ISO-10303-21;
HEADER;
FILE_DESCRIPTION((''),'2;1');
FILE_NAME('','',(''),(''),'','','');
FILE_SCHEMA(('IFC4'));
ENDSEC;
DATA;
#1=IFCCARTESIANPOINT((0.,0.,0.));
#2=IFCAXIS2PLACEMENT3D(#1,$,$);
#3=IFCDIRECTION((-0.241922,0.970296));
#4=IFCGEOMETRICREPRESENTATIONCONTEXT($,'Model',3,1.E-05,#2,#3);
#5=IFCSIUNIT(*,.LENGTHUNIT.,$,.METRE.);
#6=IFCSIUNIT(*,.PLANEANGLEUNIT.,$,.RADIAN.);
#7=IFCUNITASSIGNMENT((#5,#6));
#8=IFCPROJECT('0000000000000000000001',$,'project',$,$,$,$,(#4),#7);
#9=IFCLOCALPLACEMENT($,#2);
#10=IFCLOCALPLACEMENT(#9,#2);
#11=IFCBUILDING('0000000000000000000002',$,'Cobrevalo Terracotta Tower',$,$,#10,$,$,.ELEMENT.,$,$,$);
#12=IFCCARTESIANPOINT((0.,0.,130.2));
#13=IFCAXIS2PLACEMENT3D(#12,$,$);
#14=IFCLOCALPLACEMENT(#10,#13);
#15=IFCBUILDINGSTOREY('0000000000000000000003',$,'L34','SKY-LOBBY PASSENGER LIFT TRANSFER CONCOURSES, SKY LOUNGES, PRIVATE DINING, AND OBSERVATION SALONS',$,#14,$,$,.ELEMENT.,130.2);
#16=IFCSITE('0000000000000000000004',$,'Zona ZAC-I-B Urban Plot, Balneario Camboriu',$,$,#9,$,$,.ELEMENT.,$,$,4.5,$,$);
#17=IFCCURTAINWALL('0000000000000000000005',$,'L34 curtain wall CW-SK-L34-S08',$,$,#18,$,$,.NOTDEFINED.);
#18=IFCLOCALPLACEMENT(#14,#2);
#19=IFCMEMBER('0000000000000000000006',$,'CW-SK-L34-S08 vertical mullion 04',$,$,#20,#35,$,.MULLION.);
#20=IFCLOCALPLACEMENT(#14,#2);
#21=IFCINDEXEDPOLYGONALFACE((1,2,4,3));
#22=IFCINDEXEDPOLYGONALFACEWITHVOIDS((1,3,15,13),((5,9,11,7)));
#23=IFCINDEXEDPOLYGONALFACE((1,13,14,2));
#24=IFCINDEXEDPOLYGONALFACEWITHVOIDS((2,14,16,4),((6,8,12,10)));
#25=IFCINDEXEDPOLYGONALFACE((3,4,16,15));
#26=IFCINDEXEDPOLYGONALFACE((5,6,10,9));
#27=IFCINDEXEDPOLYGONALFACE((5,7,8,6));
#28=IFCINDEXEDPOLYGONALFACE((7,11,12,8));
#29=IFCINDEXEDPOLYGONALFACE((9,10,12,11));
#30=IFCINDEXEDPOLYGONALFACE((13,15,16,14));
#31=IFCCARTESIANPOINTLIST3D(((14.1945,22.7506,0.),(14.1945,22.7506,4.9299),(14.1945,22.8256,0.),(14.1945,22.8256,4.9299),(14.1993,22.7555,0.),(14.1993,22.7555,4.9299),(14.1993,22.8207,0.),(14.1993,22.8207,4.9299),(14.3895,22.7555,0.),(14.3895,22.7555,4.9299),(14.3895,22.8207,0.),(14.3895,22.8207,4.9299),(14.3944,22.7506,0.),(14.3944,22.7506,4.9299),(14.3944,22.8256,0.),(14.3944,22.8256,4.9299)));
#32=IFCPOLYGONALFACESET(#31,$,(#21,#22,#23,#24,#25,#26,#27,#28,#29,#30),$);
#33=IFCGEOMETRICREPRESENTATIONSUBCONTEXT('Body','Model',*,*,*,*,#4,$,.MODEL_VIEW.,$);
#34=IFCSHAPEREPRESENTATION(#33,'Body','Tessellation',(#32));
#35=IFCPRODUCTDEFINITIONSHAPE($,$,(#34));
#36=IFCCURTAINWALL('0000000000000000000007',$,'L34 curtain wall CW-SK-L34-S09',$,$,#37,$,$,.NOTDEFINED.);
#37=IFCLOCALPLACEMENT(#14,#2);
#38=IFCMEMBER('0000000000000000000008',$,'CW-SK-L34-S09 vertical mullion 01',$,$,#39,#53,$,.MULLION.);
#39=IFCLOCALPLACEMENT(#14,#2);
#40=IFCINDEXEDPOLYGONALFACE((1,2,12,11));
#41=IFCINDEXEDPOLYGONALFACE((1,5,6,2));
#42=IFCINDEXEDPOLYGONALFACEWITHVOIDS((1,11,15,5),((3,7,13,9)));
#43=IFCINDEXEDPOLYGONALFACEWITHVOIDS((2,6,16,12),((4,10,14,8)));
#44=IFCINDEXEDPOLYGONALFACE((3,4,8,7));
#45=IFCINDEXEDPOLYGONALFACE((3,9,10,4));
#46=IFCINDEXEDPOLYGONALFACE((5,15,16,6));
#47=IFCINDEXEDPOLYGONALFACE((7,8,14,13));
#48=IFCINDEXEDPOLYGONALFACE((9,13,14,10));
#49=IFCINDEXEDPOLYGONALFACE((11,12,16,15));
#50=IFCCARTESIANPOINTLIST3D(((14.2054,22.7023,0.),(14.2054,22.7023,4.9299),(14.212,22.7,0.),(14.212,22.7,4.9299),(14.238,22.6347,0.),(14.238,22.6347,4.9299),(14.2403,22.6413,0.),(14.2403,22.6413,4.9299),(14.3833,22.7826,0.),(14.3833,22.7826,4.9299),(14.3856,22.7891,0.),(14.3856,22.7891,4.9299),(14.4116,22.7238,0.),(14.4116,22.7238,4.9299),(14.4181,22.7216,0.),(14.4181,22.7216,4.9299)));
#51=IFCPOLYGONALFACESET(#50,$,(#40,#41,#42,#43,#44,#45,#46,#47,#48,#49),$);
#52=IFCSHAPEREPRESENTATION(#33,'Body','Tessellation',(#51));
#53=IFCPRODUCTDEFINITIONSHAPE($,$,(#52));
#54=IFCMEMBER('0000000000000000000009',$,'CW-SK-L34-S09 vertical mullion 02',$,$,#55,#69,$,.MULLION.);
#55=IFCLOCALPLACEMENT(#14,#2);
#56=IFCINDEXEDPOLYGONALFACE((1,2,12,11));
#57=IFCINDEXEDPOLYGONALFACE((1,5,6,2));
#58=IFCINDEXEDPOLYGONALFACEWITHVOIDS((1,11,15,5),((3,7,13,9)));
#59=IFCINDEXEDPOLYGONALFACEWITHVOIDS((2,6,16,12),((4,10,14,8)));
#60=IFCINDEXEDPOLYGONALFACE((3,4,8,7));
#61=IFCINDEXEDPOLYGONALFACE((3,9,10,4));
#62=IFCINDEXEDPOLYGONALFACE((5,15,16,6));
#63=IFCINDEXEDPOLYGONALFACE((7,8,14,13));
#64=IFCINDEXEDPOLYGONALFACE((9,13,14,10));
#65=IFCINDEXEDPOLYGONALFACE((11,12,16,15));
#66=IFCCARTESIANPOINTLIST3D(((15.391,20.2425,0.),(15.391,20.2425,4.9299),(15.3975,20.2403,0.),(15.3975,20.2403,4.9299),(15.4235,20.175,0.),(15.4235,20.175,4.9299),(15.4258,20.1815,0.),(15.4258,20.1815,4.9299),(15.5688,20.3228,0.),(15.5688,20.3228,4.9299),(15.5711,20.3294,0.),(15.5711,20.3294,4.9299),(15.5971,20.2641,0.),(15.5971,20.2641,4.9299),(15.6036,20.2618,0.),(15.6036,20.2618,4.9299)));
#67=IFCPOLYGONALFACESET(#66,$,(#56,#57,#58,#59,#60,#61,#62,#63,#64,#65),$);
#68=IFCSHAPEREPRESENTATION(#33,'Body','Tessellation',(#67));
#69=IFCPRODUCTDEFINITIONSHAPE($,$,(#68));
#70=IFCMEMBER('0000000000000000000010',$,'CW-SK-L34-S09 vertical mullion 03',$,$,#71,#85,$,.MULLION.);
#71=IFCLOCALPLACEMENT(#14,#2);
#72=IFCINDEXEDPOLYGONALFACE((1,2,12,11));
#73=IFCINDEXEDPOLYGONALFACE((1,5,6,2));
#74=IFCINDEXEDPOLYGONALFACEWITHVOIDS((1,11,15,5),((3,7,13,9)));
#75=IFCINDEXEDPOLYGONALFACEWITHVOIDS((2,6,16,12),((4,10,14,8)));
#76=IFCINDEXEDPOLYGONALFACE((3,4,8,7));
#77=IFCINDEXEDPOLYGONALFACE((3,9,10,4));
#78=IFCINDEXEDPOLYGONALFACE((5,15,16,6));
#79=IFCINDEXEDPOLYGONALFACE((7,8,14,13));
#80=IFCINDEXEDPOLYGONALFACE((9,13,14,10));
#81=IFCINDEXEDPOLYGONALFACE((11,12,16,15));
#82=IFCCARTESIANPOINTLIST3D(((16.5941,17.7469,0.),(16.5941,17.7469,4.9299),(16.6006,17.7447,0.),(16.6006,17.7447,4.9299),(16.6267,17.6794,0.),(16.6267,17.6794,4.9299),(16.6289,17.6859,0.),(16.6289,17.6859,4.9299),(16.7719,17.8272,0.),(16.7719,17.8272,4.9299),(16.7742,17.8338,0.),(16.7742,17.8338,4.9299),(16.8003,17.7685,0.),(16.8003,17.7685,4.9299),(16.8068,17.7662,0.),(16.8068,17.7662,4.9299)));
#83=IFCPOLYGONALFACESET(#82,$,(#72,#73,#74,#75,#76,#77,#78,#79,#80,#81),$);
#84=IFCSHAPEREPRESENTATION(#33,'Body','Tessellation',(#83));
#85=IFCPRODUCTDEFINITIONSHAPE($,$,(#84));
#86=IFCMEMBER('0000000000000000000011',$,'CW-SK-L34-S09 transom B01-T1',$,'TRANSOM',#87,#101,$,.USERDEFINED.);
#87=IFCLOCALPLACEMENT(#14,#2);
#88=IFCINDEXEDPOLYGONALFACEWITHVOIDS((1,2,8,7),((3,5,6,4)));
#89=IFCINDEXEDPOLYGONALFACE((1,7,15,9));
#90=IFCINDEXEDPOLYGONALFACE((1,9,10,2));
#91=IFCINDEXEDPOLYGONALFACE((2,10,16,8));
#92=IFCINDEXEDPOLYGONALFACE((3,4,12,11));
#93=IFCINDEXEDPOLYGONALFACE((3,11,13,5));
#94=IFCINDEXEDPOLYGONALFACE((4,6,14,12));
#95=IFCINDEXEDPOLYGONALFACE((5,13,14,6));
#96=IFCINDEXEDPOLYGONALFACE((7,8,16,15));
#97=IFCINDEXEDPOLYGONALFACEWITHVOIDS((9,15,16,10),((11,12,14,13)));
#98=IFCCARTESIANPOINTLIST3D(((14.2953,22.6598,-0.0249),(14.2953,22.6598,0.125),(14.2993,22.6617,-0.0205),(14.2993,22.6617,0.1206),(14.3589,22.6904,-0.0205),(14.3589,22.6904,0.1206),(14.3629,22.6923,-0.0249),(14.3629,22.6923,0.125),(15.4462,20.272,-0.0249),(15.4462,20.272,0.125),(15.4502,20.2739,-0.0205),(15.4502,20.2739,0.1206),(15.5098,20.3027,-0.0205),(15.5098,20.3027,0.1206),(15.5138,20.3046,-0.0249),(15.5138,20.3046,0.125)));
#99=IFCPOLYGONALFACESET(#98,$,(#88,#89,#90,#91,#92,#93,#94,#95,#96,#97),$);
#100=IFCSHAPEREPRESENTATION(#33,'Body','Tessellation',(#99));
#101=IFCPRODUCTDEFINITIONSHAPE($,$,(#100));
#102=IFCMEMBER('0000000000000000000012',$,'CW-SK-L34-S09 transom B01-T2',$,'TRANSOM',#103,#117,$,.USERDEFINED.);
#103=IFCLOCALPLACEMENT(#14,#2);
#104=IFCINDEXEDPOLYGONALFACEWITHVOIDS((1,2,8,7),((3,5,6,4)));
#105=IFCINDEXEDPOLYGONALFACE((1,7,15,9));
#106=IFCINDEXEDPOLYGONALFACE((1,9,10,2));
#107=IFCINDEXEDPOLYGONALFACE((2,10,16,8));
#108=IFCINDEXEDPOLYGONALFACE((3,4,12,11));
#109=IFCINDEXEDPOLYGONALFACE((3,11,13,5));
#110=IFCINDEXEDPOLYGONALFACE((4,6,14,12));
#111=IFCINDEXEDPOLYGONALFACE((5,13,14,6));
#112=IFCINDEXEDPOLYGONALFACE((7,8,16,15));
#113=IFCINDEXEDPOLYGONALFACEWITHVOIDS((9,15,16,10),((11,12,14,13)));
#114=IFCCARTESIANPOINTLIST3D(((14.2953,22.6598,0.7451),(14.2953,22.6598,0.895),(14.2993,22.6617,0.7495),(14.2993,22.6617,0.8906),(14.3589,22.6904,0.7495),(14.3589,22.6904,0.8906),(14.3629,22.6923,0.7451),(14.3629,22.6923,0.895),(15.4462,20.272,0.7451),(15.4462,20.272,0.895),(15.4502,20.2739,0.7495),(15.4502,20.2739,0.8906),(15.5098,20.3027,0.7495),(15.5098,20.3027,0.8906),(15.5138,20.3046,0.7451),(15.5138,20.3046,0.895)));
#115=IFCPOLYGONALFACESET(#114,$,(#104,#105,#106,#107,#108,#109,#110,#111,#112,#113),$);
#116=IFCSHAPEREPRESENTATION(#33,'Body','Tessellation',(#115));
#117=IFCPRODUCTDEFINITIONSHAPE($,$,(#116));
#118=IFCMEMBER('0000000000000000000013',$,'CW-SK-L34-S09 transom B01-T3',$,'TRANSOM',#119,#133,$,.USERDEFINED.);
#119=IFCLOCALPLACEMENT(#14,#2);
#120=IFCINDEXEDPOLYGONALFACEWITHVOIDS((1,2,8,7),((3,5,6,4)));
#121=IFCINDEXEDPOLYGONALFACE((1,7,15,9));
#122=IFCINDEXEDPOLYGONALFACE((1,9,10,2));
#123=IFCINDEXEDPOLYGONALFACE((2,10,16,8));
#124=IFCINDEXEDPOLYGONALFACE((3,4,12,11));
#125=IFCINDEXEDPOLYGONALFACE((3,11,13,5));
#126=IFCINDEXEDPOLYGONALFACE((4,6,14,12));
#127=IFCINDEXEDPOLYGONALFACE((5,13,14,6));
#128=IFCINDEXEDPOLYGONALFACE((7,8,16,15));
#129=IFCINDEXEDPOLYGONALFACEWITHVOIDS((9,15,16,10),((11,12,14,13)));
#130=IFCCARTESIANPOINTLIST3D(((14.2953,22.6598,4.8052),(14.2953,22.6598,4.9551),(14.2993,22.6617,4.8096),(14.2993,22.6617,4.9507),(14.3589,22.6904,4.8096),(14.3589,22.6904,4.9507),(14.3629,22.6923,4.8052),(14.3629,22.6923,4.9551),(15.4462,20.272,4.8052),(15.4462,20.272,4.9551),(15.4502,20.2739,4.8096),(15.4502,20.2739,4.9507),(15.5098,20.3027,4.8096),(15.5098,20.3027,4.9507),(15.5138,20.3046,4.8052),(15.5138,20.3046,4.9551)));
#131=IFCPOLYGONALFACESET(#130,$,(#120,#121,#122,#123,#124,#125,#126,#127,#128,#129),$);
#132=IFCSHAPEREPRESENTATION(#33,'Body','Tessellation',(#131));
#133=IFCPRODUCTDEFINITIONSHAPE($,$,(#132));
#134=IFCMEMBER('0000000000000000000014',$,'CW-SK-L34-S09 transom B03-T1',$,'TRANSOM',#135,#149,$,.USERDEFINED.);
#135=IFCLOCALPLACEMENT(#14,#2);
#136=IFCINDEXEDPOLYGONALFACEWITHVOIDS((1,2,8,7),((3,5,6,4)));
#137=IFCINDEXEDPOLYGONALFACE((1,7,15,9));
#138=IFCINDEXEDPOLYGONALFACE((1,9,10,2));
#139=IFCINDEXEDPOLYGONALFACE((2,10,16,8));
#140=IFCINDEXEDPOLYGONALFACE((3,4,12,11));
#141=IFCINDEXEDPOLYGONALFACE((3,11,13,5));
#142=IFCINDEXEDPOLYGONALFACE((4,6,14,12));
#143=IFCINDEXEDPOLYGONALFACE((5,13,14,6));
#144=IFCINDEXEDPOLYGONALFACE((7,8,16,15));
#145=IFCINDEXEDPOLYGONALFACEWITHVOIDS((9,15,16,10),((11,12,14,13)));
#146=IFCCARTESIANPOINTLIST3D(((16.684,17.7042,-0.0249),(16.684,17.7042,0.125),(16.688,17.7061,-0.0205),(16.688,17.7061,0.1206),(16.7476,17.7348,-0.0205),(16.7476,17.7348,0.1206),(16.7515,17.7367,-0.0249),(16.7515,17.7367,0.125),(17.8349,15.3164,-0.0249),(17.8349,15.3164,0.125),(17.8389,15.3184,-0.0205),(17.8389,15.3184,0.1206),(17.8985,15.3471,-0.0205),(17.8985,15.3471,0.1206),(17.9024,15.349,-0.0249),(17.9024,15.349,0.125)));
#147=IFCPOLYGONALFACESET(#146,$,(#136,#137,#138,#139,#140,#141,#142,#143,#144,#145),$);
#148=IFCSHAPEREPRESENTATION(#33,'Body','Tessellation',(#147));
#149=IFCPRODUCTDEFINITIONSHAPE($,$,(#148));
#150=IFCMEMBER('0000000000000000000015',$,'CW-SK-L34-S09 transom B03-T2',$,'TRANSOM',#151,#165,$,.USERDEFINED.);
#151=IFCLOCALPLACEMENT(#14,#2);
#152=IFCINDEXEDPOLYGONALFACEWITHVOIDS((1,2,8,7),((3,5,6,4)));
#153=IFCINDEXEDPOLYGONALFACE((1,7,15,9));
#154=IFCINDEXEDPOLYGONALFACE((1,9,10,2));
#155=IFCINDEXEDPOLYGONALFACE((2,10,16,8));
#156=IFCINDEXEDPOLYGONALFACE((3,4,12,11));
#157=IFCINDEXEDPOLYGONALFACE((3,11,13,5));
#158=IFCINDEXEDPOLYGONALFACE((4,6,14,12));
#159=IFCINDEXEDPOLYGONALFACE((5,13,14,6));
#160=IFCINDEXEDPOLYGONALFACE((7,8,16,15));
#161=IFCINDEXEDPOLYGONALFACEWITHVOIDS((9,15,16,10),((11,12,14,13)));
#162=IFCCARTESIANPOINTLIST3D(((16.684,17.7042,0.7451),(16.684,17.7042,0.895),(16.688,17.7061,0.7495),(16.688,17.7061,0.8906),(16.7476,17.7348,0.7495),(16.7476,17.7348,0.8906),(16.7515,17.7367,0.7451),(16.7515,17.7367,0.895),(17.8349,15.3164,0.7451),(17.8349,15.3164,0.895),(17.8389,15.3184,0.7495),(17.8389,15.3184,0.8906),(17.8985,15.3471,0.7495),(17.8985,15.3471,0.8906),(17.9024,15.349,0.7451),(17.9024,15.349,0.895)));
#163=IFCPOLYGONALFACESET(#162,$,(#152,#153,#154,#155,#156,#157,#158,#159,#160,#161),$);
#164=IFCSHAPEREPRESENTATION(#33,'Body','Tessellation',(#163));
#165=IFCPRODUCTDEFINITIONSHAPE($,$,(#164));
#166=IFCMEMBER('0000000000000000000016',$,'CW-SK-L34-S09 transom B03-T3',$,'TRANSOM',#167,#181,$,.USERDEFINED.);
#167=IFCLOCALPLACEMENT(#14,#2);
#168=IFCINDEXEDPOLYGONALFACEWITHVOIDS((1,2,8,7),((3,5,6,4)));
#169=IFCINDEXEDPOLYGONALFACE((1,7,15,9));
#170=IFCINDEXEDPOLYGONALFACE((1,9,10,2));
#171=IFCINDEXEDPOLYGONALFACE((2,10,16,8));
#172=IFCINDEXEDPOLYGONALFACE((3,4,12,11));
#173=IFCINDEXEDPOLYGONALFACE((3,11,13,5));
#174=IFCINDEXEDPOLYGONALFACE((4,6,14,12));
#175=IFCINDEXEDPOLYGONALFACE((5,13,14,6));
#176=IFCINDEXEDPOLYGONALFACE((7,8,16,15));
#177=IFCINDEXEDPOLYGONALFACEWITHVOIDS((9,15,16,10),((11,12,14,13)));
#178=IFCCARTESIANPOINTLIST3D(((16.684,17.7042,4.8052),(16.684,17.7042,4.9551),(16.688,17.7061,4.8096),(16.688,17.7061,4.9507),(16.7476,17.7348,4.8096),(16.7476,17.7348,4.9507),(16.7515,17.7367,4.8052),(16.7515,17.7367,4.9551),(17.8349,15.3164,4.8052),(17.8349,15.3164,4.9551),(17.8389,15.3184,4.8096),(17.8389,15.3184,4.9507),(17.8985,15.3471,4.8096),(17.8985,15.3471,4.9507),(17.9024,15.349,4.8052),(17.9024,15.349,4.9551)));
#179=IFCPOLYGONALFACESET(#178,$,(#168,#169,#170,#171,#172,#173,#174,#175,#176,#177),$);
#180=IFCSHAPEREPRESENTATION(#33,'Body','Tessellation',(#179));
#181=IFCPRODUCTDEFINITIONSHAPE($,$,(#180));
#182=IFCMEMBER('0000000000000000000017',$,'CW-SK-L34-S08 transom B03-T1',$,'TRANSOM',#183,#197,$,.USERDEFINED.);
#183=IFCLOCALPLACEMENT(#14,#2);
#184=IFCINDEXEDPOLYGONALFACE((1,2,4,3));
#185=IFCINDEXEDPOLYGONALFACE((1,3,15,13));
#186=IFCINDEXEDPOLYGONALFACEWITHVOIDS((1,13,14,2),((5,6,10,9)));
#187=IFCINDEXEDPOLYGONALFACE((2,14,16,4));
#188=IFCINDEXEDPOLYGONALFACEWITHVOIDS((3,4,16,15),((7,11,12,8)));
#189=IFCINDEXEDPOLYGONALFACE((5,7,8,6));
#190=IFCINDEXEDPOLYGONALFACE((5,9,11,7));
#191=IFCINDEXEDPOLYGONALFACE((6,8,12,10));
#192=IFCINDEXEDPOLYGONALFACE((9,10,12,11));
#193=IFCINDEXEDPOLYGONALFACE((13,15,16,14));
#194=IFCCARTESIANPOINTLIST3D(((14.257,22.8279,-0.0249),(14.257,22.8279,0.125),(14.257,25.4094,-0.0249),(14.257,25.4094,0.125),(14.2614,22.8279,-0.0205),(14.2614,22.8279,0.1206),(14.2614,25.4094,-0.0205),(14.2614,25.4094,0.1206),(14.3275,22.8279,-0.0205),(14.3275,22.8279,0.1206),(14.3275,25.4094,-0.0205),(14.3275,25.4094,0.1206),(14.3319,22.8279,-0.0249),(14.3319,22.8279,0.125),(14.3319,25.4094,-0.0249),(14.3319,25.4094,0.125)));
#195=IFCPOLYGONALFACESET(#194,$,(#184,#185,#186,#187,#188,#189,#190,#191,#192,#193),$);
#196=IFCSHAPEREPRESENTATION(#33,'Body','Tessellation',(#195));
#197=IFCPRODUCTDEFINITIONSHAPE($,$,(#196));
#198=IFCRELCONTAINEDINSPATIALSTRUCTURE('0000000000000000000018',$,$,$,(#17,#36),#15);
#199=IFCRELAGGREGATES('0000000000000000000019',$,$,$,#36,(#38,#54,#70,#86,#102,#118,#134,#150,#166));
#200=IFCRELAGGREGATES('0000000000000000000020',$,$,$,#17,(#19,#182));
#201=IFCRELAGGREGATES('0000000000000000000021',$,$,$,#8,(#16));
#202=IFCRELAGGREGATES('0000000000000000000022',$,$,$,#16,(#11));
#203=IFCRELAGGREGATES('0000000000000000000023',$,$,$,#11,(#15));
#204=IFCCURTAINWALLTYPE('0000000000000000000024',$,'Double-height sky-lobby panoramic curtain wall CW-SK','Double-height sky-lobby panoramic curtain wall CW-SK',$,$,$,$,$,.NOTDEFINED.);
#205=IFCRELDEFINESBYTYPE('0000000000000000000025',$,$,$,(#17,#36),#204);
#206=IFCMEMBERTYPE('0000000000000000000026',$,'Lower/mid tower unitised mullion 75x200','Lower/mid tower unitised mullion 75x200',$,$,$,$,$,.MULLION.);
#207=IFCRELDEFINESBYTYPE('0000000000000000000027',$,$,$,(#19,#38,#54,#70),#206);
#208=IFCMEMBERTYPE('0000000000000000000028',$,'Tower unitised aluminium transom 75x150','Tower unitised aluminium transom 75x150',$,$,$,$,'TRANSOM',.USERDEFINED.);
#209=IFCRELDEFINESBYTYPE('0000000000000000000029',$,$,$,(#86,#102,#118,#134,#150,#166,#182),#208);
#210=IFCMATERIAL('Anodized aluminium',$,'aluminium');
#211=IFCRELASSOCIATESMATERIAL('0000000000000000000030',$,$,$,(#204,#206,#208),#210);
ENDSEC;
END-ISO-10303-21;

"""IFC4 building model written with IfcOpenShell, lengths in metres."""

from ifc_helpers import new_model, si_unit, direction, frame, origin, origin_2d, place, context, subcontext, project, spatial, hollow_rectangle, extrude, source, transform, mapped, material, material_profile, profile_set, type_object, element, aggregate, save


model = new_model("IFC4")

# Units and contexts
model_context = context("Model", 3, precision=1e-05, world=origin(), true_north=direction((-0.241922, 0.970296)))
body_context = subcontext(model_context, "Body", "Model", "MODEL_VIEW")
ifc_project = project(units=[si_unit("LENGTHUNIT", "METRE"), si_unit("PLANEANGLEUNIT", "RADIAN")], contexts=[model_context])

# Site, building, storey
site_placement = place(None, origin())
site = spatial("IfcSite", under=ifc_project, at=site_placement, Name="Zona ZAC-I-B Urban Plot, Balneario Camboriu", CompositionType="ELEMENT", RefElevation=4.5)
building_placement = place(site_placement, origin())
building = spatial("IfcBuilding", under=site, at=building_placement, Name="Cobrevalo Terracotta Tower", CompositionType="ELEMENT")
storey_placement = place(building_placement, frame((0.0, 0.0, 130.2)))
storey = spatial("IfcBuildingStorey", under=building, at=storey_placement, Name="L34", Description="SKY-LOBBY PASSENGER LIFT TRANSFER CONCOURSES, SKY LOUNGES, PRIVATE DINING, AND OBSERVATION SALONS", CompositionType="ELEMENT", Elevation=130.2)

# Curtain walls, members
ifc_material_1 = material(Name="Anodized aluminium", Category="aluminium")
curtain_wall_type = type_object("IfcCurtainWallType", Name="Double-height sky-lobby panoramic curtain wall CW-SK", Description="Double-height sky-lobby panoramic curtain wall CW-SK", PredefinedType="NOTDEFINED", material=ifc_material_1)
curtain_wall_1_placement = place(storey_placement, origin())
curtain_wall_1 = element("IfcCurtainWall", 1, at=curtain_wall_1_placement, inside=storey, type_object=curtain_wall_type, Name="L34 curtain wall CW-SK-L34-S08", PredefinedType="NOTDEFINED")
ifc_material_profile_1 = material_profile(ifc_material_1, hollow_rectangle(XDim=0.075, YDim=0.2, WallThickness=0.0049, at=origin_2d()), Name="CWM 75x200")
ifc_profile_set_1 = profile_set([ifc_material_profile_1], Name="Anodized aluminium")
member_type_1 = type_object("IfcMemberType", Name="Lower/mid tower unitised mullion 75x200", Description="Lower/mid tower unitised mullion 75x200", PredefinedType="MULLION", material=ifc_profile_set_1)
shared_shape_1 = source(origin(), body_context, "Body", "SweptSolid", [
    extrude(hollow_rectangle(XDim=0.075, YDim=0.2, WallThickness=0.0049, at=origin_2d()), origin(), (0.0, 0.0, 1.0), 4.9299),
])
member_1_placement = place(storey_placement, frame((14.2944, 22.7881, 0.0), z_axis=(0.0, 0.0, 1.0), x_axis=(0.0, -1.0, 0.0)))
member_1 = element("IfcMember", 2, at=member_1_placement, type_object=member_type_1, Name="CW-SK-L34-S08 vertical mullion 04", PredefinedType="MULLION", context=body_context, shape_type="MappedRepresentation", body=[
    mapped(shared_shape_1, transform((0.0, 0.0, 0.0), scale=1.0)),
])
curtain_wall_2_placement = place(storey_placement, origin())
curtain_wall_2 = element("IfcCurtainWall", 3, at=curtain_wall_2_placement, inside=storey, type_object=curtain_wall_type, Name="L34 curtain wall CW-SK-L34-S09", PredefinedType="NOTDEFINED")
member_2_placement = place(storey_placement, frame((14.3118, 22.7119, 0.0), z_axis=(0.0, 0.0, 1.0), x_axis=(0.434209, -0.900812, 0.0)))
member_2 = element("IfcMember", 4, at=member_2_placement, type_object=member_type_1, Name="CW-SK-L34-S09 vertical mullion 01", PredefinedType="MULLION", context=body_context, shape_type="MappedRepresentation", body=[
    mapped(shared_shape_1, transform((0.0, 0.0, 0.0), scale=1.0)),
])
member_3_placement = place(storey_placement, frame((15.4973, 20.2522, 0.0), z_axis=(0.0, 0.0, 1.0), x_axis=(0.434209, -0.900812, 0.0)))
member_3 = element("IfcMember", 5, at=member_3_placement, type_object=member_type_1, Name="CW-SK-L34-S09 vertical mullion 02", PredefinedType="MULLION", context=body_context, shape_type="MappedRepresentation", body=[
    mapped(shared_shape_1, transform((0.0, 0.0, 0.0), scale=1.0)),
])
member_4_placement = place(storey_placement, frame((16.7004, 17.7566, 0.0), z_axis=(0.0, 0.0, 1.0), x_axis=(0.434209, -0.900812, 0.0)))
member_4 = element("IfcMember", 6, at=member_4_placement, type_object=member_type_1, Name="CW-SK-L34-S09 vertical mullion 03", PredefinedType="MULLION", context=body_context, shape_type="MappedRepresentation", body=[
    mapped(shared_shape_1, transform((0.0, 0.0, 0.0), scale=1.0)),
])
ifc_material_profile_2 = material_profile(ifc_material_1, hollow_rectangle(XDim=0.075, YDim=0.1499, WallThickness=0.0044, at=origin_2d()), Name="CWT 75x150")
ifc_profile_set_2 = profile_set([ifc_material_profile_2], Name="Anodized aluminium")
member_type_2 = type_object("IfcMemberType", Name="Tower unitised aluminium transom 75x150", Description="Tower unitised aluminium transom 75x150", ElementType="TRANSOM", PredefinedType="USERDEFINED", material=ifc_profile_set_2)
shared_shape_2 = source(origin(), body_context, "Body", "SweptSolid", [
    extrude(hollow_rectangle(XDim=0.075, YDim=0.1499, WallThickness=0.0044, at=origin_2d()), origin(), (0.0, 0.0, 1.0), 2.6506),
])
member_5_placement = place(storey_placement, frame((14.3291, 22.676, 0.05), z_axis=(0.434198, -0.900818, 0.0), x_axis=(0.900818, 0.434198, 0.0)))
member_5 = element("IfcMember", 7, at=member_5_placement, type_object=member_type_2, Name="CW-SK-L34-S09 transom B01-T1", ObjectType="TRANSOM", PredefinedType="USERDEFINED", context=body_context, shape_type="MappedRepresentation", body=[
    mapped(shared_shape_2, transform((0.0, 0.0, 0.0), scale=1.0)),
])
member_6_placement = place(storey_placement, frame((14.3291, 22.676, 0.8201), z_axis=(0.434198, -0.900818, 0.0), x_axis=(0.900818, 0.434198, 0.0)))
member_6 = element("IfcMember", 8, at=member_6_placement, type_object=member_type_2, Name="CW-SK-L34-S09 transom B01-T2", ObjectType="TRANSOM", PredefinedType="USERDEFINED", context=body_context, shape_type="MappedRepresentation", body=[
    mapped(shared_shape_2, transform((0.0, 0.0, 0.0), scale=1.0)),
])
member_7_placement = place(storey_placement, frame((14.3291, 22.676, 4.8801), z_axis=(0.434198, -0.900818, 0.0), x_axis=(0.900818, 0.434198, 0.0)))
member_7 = element("IfcMember", 9, at=member_7_placement, type_object=member_type_2, Name="CW-SK-L34-S09 transom B01-T3", ObjectType="TRANSOM", PredefinedType="USERDEFINED", context=body_context, shape_type="MappedRepresentation", body=[
    mapped(shared_shape_2, transform((0.0, 0.0, 0.0), scale=1.0)),
])
member_8_placement = place(storey_placement, frame((16.7178, 17.7205, 0.05), z_axis=(0.434198, -0.900818, 0.0), x_axis=(0.900818, 0.434198, 0.0)))
member_8 = element("IfcMember", 10, at=member_8_placement, type_object=member_type_2, Name="CW-SK-L34-S09 transom B03-T1", ObjectType="TRANSOM", PredefinedType="USERDEFINED", context=body_context, shape_type="MappedRepresentation", body=[
    mapped(shared_shape_2, transform((0.0, 0.0, 0.0), scale=1.0)),
])
member_9_placement = place(storey_placement, frame((16.7178, 17.7205, 0.8201), z_axis=(0.434198, -0.900818, 0.0), x_axis=(0.900818, 0.434198, 0.0)))
member_9 = element("IfcMember", 11, at=member_9_placement, type_object=member_type_2, Name="CW-SK-L34-S09 transom B03-T2", ObjectType="TRANSOM", PredefinedType="USERDEFINED", context=body_context, shape_type="MappedRepresentation", body=[
    mapped(shared_shape_2, transform((0.0, 0.0, 0.0), scale=1.0)),
])
member_10_placement = place(storey_placement, frame((16.7178, 17.7205, 4.8801), z_axis=(0.434198, -0.900818, 0.0), x_axis=(0.900818, 0.434198, 0.0)))
member_10 = element("IfcMember", 12, at=member_10_placement, type_object=member_type_2, Name="CW-SK-L34-S09 transom B03-T3", ObjectType="TRANSOM", PredefinedType="USERDEFINED", context=body_context, shape_type="MappedRepresentation", body=[
    mapped(shared_shape_2, transform((0.0, 0.0, 0.0), scale=1.0)),
])

# Member
shared_shape_3 = source(origin(), body_context, "Body", "SweptSolid", [
    extrude(hollow_rectangle(XDim=0.075, YDim=0.1499, WallThickness=0.0044, at=origin_2d()), origin(), (0.0, 0.0, 1.0), 2.5815),
])
member_11_placement = place(storey_placement, frame((14.2944, 25.4094, 0.05), z_axis=(0.0, -1.0, 0.0), x_axis=(1.0, 0.0, 0.0)))
member_11 = element("IfcMember", 13, at=member_11_placement, type_object=member_type_2, Name="CW-SK-L34-S08 transom B03-T1", ObjectType="TRANSOM", PredefinedType="USERDEFINED", context=body_context, shape_type="MappedRepresentation", body=[
    mapped(shared_shape_3, transform((0.0, 0.0, 0.0), scale=1.0)),
])

aggregate(curtain_wall_2, [member_2, member_3, member_4, member_5, member_6, member_7, member_8, member_9, member_10])
aggregate(curtain_wall_1, [member_1, member_11])

save(model, "model.ifc")
